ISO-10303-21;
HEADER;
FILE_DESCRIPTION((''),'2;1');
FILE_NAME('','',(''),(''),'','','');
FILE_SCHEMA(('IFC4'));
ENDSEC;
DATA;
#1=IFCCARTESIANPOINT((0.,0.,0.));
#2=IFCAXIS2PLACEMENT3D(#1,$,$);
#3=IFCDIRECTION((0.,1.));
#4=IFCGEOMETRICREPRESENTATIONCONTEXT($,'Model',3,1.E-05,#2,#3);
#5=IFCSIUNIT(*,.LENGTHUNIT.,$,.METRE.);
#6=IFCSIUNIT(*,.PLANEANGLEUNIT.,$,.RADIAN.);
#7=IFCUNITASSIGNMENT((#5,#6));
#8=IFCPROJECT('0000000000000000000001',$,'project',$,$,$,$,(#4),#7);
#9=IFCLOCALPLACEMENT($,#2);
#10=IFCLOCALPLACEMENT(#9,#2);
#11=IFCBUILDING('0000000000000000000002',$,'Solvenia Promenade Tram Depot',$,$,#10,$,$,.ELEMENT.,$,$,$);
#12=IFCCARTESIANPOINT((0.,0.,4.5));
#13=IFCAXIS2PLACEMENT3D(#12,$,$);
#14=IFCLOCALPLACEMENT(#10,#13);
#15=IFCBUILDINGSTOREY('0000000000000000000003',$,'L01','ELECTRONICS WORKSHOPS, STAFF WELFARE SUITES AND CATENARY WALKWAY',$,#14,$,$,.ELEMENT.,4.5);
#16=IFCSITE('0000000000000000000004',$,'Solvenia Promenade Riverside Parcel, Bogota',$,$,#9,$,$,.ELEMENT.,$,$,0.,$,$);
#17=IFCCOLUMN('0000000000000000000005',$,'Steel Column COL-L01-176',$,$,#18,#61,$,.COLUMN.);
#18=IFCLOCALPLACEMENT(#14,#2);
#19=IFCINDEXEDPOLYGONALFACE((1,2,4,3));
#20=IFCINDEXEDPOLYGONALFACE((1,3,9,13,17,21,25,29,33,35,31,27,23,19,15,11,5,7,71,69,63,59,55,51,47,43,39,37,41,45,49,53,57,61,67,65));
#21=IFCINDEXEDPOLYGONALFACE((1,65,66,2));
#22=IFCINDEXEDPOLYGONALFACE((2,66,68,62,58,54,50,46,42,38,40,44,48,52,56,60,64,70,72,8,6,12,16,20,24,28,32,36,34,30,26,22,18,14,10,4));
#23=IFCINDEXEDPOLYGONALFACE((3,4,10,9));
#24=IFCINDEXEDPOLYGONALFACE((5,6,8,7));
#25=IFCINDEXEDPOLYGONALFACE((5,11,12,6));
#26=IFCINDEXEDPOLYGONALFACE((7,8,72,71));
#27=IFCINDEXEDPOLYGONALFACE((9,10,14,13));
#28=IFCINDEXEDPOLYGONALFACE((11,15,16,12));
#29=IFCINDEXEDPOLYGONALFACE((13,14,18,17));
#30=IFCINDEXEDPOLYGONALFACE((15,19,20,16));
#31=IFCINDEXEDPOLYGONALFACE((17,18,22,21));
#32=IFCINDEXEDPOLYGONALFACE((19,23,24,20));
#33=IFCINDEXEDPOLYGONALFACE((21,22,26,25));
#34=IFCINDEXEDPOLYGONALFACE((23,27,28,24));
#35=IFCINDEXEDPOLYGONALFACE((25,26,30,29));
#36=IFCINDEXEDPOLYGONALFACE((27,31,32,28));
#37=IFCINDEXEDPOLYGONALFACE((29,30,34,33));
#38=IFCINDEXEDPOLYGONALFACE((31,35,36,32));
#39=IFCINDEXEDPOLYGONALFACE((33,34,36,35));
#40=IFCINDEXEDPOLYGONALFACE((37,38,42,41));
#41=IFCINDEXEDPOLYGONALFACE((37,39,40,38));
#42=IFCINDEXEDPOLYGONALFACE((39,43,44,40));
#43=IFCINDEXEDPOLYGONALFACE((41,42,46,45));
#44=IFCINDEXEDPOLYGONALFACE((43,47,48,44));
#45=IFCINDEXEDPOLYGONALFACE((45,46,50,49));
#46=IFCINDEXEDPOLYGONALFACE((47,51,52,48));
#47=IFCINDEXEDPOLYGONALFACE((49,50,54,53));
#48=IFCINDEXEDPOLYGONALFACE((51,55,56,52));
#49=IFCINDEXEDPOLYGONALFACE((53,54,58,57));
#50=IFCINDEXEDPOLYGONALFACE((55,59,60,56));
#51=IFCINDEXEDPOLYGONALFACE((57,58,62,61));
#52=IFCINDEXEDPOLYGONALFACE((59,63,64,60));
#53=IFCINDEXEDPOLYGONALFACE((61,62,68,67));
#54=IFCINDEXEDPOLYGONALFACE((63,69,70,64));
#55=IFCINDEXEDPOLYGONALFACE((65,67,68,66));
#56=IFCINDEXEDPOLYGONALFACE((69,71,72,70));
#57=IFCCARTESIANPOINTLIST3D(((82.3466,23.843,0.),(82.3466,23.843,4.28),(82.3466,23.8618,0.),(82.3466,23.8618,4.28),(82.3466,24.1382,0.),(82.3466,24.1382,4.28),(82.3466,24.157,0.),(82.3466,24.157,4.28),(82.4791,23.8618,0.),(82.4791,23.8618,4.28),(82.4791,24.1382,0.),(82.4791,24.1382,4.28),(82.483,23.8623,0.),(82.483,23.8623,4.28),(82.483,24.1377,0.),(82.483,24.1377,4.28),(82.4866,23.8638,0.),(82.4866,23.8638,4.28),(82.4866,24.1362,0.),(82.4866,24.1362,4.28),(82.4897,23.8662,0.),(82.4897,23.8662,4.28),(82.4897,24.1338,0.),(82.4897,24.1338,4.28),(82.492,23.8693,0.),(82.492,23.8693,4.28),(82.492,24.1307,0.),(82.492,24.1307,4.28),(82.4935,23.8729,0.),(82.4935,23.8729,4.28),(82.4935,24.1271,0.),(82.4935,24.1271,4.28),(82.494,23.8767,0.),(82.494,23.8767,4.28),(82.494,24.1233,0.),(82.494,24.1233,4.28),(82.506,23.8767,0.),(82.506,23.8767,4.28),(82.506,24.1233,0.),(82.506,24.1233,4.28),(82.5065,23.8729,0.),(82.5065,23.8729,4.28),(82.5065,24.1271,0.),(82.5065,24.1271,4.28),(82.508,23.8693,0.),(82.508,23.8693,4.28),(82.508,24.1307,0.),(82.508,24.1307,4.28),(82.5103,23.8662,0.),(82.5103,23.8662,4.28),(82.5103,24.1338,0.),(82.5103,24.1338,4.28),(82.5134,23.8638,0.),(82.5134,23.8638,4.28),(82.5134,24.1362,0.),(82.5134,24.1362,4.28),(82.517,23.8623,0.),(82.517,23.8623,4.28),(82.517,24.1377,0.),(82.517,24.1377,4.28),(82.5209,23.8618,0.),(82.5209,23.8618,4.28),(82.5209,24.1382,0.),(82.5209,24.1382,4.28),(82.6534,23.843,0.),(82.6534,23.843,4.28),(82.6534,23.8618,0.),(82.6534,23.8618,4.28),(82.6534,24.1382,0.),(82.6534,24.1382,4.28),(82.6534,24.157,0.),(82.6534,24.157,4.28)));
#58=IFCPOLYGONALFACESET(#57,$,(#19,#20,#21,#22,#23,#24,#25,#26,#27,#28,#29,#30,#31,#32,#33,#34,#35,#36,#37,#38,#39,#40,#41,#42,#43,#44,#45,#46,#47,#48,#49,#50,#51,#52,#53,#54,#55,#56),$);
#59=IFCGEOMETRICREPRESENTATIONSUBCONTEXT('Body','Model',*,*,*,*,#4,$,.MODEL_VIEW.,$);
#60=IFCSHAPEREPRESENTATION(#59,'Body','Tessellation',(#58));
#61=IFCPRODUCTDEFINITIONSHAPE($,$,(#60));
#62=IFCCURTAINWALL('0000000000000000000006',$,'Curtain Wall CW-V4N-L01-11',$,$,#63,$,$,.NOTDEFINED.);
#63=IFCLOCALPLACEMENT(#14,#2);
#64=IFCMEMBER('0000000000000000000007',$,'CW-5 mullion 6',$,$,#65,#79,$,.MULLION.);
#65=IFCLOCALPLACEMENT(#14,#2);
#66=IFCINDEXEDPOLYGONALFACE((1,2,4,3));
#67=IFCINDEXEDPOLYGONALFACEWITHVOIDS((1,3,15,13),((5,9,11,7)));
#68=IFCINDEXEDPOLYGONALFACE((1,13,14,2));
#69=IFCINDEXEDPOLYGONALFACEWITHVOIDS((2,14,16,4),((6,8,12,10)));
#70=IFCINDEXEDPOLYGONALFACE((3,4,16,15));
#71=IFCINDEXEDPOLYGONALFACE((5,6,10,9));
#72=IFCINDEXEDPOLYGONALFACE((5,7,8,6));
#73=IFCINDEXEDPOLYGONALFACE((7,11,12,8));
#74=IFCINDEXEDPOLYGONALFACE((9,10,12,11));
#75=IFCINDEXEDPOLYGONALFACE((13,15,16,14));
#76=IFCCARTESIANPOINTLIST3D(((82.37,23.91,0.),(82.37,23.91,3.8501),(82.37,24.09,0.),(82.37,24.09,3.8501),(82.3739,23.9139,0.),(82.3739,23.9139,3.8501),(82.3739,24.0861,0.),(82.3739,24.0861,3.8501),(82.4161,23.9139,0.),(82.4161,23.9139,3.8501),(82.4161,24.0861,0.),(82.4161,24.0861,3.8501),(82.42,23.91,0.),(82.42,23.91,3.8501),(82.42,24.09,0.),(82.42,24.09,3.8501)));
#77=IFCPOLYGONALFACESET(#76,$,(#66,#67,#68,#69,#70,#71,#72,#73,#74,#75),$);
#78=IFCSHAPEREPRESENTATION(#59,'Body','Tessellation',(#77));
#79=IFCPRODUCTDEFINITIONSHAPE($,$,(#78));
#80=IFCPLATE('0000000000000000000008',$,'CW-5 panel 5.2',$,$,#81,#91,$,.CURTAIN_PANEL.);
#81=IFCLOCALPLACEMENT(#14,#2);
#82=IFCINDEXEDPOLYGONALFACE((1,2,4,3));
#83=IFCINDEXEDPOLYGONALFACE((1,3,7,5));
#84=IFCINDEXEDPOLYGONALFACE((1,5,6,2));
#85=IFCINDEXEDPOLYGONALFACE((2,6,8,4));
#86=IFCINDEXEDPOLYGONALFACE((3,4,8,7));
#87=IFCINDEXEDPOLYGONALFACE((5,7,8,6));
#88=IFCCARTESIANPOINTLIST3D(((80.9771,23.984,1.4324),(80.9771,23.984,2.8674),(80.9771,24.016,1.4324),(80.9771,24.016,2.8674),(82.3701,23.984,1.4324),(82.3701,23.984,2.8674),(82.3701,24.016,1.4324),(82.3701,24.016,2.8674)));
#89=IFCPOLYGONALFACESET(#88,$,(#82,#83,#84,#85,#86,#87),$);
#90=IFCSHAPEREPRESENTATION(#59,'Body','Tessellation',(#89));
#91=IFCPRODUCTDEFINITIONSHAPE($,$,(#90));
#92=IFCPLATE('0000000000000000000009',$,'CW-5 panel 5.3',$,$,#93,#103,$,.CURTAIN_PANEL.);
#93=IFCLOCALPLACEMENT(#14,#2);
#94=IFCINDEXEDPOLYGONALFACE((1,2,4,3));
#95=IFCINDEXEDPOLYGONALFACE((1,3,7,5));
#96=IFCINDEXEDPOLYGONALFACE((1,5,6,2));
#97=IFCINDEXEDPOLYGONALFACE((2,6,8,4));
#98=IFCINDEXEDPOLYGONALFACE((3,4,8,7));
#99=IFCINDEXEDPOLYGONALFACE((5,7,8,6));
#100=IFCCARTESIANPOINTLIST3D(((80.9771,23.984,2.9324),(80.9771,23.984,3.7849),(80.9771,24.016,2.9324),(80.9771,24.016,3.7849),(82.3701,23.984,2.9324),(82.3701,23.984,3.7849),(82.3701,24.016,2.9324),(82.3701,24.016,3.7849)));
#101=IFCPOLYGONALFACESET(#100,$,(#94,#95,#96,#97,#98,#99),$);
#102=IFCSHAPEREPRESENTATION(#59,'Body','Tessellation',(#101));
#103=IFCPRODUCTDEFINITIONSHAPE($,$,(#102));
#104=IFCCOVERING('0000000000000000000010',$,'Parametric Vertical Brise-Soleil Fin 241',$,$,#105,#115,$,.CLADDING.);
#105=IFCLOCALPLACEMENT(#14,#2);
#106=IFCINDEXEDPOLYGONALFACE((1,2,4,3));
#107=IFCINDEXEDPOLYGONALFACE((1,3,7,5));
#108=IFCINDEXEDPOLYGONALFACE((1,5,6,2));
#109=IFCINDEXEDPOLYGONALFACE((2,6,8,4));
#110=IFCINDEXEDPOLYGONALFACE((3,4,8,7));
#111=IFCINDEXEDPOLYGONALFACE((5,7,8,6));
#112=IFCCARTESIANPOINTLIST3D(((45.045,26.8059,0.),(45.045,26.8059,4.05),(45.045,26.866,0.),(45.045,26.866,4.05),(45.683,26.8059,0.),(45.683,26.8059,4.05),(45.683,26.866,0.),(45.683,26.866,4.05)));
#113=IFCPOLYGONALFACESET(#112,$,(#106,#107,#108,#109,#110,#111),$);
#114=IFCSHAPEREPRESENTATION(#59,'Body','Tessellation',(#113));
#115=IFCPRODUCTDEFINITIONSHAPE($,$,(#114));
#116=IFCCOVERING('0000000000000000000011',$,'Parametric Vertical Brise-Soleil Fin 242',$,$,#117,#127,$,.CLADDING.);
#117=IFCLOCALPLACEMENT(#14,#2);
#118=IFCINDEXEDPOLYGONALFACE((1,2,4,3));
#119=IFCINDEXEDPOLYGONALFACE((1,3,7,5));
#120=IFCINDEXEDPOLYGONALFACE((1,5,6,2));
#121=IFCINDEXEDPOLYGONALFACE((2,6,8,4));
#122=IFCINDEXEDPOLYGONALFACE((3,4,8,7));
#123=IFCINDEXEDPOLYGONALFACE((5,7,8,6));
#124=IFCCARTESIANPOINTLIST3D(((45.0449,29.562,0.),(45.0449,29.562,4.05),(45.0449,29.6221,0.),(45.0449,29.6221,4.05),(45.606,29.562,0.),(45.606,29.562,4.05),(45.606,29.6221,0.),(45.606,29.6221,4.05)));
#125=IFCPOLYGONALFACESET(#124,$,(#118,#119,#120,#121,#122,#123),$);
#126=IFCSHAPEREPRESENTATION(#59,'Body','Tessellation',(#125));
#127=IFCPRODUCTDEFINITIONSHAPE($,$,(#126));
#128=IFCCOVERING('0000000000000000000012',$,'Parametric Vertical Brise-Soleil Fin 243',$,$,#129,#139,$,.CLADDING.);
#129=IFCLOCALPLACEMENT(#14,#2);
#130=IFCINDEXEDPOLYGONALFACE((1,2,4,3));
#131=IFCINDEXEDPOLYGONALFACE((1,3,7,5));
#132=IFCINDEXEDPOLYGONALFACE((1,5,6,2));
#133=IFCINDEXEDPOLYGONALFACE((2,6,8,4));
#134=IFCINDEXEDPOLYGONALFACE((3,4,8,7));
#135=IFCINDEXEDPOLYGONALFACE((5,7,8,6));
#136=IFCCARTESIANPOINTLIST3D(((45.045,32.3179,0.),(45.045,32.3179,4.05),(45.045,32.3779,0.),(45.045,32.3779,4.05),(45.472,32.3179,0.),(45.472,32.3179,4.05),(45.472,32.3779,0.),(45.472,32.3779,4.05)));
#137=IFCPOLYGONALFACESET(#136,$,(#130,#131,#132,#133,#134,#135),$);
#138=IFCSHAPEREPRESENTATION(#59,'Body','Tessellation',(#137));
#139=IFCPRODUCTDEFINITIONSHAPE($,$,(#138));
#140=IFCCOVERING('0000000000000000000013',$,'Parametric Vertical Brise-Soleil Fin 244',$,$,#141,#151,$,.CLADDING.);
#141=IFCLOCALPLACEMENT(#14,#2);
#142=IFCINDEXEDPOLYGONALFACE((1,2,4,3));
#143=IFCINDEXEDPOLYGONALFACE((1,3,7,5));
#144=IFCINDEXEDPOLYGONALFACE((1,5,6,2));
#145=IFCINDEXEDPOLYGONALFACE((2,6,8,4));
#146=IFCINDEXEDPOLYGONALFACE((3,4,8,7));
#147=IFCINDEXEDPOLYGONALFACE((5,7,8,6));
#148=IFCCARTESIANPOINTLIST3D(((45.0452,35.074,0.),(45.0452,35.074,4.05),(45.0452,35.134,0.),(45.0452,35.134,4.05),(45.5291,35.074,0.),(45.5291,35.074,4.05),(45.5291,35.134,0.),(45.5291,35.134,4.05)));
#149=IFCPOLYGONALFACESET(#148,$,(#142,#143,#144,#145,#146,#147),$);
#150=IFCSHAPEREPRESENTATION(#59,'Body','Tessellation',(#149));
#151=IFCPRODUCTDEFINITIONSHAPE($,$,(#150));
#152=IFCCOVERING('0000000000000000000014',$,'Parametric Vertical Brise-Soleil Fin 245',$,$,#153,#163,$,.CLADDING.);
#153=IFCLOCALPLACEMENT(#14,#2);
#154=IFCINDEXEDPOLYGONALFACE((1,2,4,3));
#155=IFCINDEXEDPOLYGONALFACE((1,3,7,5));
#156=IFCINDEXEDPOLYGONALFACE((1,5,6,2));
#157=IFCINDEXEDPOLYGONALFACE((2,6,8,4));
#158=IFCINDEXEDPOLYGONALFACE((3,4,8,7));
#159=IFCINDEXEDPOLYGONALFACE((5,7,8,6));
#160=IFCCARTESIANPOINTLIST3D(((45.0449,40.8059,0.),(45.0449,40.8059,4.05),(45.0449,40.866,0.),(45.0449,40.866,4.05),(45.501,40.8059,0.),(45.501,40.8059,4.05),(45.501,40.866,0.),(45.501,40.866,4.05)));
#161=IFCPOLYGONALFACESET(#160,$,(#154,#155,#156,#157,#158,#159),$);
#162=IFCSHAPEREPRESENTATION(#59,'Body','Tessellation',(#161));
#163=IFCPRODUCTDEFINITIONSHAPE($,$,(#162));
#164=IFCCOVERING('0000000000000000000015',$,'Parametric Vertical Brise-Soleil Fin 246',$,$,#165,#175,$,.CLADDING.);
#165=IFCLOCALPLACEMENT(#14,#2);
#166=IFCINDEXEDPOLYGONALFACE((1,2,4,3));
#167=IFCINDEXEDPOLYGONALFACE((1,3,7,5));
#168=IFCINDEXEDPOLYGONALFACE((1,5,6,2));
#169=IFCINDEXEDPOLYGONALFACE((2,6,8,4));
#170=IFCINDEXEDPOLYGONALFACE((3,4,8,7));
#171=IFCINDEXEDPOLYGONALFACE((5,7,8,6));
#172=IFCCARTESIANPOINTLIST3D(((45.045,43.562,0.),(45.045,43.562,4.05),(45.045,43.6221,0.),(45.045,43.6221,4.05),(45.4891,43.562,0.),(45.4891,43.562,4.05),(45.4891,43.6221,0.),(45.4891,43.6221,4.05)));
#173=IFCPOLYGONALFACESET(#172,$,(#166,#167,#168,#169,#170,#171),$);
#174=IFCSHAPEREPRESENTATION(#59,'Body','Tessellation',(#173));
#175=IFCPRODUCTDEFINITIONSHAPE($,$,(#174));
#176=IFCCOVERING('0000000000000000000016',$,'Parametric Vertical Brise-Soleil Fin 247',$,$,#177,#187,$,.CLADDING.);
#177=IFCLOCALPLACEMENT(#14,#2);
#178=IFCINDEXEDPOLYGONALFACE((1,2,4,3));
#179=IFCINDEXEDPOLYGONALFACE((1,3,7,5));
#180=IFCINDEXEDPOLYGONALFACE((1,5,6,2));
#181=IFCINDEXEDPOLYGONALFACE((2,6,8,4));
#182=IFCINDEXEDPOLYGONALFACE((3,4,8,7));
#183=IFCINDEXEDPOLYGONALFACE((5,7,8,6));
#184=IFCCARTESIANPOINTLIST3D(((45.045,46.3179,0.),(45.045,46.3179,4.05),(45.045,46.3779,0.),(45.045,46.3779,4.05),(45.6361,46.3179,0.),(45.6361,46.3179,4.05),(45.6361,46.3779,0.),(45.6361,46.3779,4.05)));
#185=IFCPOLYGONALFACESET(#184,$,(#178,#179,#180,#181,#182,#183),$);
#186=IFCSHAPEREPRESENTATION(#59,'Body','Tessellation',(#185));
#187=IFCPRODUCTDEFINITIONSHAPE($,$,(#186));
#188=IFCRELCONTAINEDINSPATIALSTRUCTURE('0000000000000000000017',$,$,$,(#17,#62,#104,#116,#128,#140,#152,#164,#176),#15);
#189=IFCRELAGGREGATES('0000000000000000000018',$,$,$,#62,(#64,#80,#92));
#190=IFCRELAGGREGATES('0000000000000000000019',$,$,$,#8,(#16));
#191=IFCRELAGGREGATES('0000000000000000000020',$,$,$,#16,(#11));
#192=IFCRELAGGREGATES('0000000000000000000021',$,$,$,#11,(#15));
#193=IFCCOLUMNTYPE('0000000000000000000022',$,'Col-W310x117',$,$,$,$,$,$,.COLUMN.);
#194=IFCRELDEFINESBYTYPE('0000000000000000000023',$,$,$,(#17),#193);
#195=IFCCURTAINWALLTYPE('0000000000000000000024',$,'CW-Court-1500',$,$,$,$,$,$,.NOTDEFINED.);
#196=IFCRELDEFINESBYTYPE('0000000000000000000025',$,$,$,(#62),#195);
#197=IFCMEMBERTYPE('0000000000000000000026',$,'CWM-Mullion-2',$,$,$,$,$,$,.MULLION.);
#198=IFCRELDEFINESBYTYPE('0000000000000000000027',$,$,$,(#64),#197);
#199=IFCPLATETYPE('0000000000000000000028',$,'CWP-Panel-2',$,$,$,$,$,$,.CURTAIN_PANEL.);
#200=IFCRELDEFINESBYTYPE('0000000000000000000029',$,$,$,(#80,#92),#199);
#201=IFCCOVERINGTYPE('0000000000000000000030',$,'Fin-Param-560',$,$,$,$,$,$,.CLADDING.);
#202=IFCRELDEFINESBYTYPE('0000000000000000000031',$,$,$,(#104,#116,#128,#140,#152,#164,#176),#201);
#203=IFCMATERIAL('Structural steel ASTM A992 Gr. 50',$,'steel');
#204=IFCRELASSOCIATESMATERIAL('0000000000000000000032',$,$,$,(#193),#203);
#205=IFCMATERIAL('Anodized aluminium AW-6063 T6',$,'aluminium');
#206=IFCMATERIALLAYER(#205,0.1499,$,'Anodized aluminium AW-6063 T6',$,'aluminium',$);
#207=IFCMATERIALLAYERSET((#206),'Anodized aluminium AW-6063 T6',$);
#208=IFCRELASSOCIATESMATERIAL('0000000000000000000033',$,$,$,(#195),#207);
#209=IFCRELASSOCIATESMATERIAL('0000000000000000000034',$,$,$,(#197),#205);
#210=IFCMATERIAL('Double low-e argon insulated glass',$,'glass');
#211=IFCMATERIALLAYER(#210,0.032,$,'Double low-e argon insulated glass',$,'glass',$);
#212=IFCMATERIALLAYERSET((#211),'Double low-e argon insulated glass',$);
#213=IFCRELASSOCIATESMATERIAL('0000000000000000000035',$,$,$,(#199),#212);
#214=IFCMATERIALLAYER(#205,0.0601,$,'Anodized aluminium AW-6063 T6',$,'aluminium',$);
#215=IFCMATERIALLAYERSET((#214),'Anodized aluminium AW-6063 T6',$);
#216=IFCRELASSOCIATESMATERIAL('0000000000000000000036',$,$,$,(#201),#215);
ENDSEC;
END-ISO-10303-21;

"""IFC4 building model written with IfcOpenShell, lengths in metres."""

from ifc_helpers import new_model, si_unit, direction, frame, origin, origin_2d, place, context, subcontext, project, spatial, rectangle, hollow_rectangle, i_section, extrude, material, layer, layer_set, material_profile, profile_set, type_object, element, aggregate, save


model = new_model("IFC4")

# Units and contexts
model_context = context("Model", 3, precision=1e-05, world=origin(), true_north=direction((0.0, 1.0)))
body_context = subcontext(model_context, "Body", "Model", "MODEL_VIEW")
ifc_project = project(units=[si_unit("LENGTHUNIT", "METRE"), si_unit("PLANEANGLEUNIT", "RADIAN")], contexts=[model_context])

# Site, building, storey
site_placement = place(None, origin())
site = spatial("IfcSite", under=ifc_project, at=site_placement, Name="Solvenia Promenade Riverside Parcel, Bogota", CompositionType="ELEMENT", RefElevation=0.0)
building_placement = place(site_placement, origin())
building = spatial("IfcBuilding", under=site, at=building_placement, Name="Solvenia Promenade Tram Depot", CompositionType="ELEMENT")
storey_placement = place(building_placement, frame((0.0, 0.0, 4.5)))
storey = spatial("IfcBuildingStorey", under=building, at=storey_placement, Name="L01", Description="ELECTRONICS WORKSHOPS, STAFF WELFARE SUITES AND CATENARY WALKWAY", CompositionType="ELEMENT", Elevation=4.5)

# Column
ifc_material_1 = material(Name="Structural steel ASTM A992 Gr. 50", Category="steel")
ifc_material_profile_1 = material_profile(ifc_material_1, i_section(OverallWidth=0.3069, OverallDepth=0.314, WebThickness=0.012, FlangeThickness=0.0188, FilletRadius=0.0149, at=origin_2d()), Name="W310x117", Category="steel")
ifc_profile_set_1 = profile_set([ifc_material_profile_1], Name="Structural steel ASTM A992 Gr. 50")
column_type = type_object("IfcColumnType", Name="Col-W310x117", PredefinedType="COLUMN", material=ifc_profile_set_1)
column_placement = place(storey_placement, frame((82.5, 24.0, 0.0), z_axis=(0.0, 0.0, 1.0), x_axis=(1.0, 0.0, 0.0)))
element("IfcColumn", 1, at=column_placement, inside=storey, type_object=column_type, Name="Steel Column COL-L01-176", PredefinedType="COLUMN", context=body_context, shape_type="SweptSolid", body=[
    extrude(i_section(OverallWidth=0.3069, OverallDepth=0.314, WebThickness=0.012, FlangeThickness=0.0188, FilletRadius=0.0149, at=origin_2d()), origin(), (0.0, 0.0, 1.0), 4.28),
])

# Curtain wall, member, plates
ifc_material_2 = material(Name="Anodized aluminium AW-6063 T6", Category="aluminium")
ifc_layer_1 = layer(ifc_material_2, 0.1499, Name="Anodized aluminium AW-6063 T6", Category="aluminium")
ifc_layer_set_1 = layer_set([ifc_layer_1], Name="Anodized aluminium AW-6063 T6")
curtain_wall_type = type_object("IfcCurtainWallType", Name="CW-Court-1500", PredefinedType="NOTDEFINED", material=ifc_layer_set_1)
curtain_wall_placement = place(storey_placement, origin())
curtain_wall = element("IfcCurtainWall", 2, at=curtain_wall_placement, inside=storey, type_object=curtain_wall_type, Name="Curtain Wall CW-V4N-L01-11", PredefinedType="NOTDEFINED")
ifc_material_profile_2 = material_profile(ifc_material_2, hollow_rectangle(XDim=0.1799, YDim=0.05, WallThickness=0.0039, at=origin_2d()), Name="ALU-M2", Category="aluminium")
ifc_profile_set_2 = profile_set([ifc_material_profile_2], Name="Anodized aluminium AW-6063 T6")
member_type = type_object("IfcMemberType", Name="CWM-Mullion-2", PredefinedType="MULLION", material=ifc_profile_set_2)
member_placement = place(storey_placement, frame((82.395, 24.0, 0.0), z_axis=(0.0, 0.0, 1.0), x_axis=(0.0, 1.0, 0.0)))
member = element("IfcMember", 3, at=member_placement, type_object=member_type, Name="CW-5 mullion 6", PredefinedType="MULLION", context=body_context, shape_type="SweptSolid", body=[
    extrude(hollow_rectangle(XDim=0.1799, YDim=0.05, WallThickness=0.0039, at=origin_2d()), origin(), (0.0, 0.0, 1.0), 3.8501),
])
ifc_material_3 = material(Name="Double low-e argon insulated glass", Category="glass")
ifc_layer_2 = layer(ifc_material_3, 0.032, Name="Double low-e argon insulated glass", Category="glass")
ifc_layer_set_2 = layer_set([ifc_layer_2], Name="Double low-e argon insulated glass")
plate_type = type_object("IfcPlateType", Name="CWP-Panel-2", PredefinedType="CURTAIN_PANEL", material=ifc_layer_set_2)
plate_1_placement = place(storey_placement, frame((81.6736, 24.0, 1.4324), z_axis=(0.0, 0.0, 1.0), x_axis=(1.0, 0.0, 0.0)))
plate_1 = element("IfcPlate", 4, at=plate_1_placement, type_object=plate_type, Name="CW-5 panel 5.2", PredefinedType="CURTAIN_PANEL", context=body_context, shape_type="SweptSolid", body=[
    extrude(rectangle(XDim=1.3931, YDim=0.032, at=origin_2d()), origin(), (0.0, 0.0, 1.0), 1.4351),
])
plate_2_placement = place(storey_placement, frame((81.6736, 24.0, 2.9324), z_axis=(0.0, 0.0, 1.0), x_axis=(1.0, 0.0, 0.0)))
plate_2 = element("IfcPlate", 5, at=plate_2_placement, type_object=plate_type, Name="CW-5 panel 5.3", PredefinedType="CURTAIN_PANEL", context=body_context, shape_type="SweptSolid", body=[
    extrude(rectangle(XDim=1.3931, YDim=0.032, at=origin_2d()), origin(), (0.0, 0.0, 1.0), 0.8525),
])
aggregate(curtain_wall, [member, plate_1, plate_2])

# Coverings
ifc_layer_3 = layer(ifc_material_2, 0.0601, Name="Anodized aluminium AW-6063 T6", Category="aluminium")
ifc_layer_set_3 = layer_set([ifc_layer_3], Name="Anodized aluminium AW-6063 T6")
covering_type = type_object("IfcCoveringType", Name="Fin-Param-560", PredefinedType="CLADDING", material=ifc_layer_set_3)
covering_1_placement = place(storey_placement, frame((45.364, 26.8359, 0.0), z_axis=(0.0, 0.0, 1.0), x_axis=(0.0, 1.0, 0.0)))
element("IfcCovering", 6, at=covering_1_placement, inside=storey, type_object=covering_type, Name="Parametric Vertical Brise-Soleil Fin 241", PredefinedType="CLADDING", context=body_context, shape_type="SweptSolid", body=[
    extrude(rectangle(XDim=0.0601, YDim=0.6379, at=origin_2d()), origin(), (0.0, 0.0, 1.0), 4.05),
])
covering_2_placement = place(storey_placement, frame((45.3254, 29.592, 0.0), z_axis=(0.0, 0.0, 1.0), x_axis=(0.0, 1.0, 0.0)))
element("IfcCovering", 7, at=covering_2_placement, inside=storey, type_object=covering_type, Name="Parametric Vertical Brise-Soleil Fin 242", PredefinedType="CLADDING", context=body_context, shape_type="SweptSolid", body=[
    extrude(rectangle(XDim=0.0601, YDim=0.561, at=origin_2d()), origin(), (0.0, 0.0, 1.0), 4.05),
])
covering_3_placement = place(storey_placement, frame((45.2585, 32.3479, 0.0), z_axis=(0.0, 0.0, 1.0), x_axis=(0.0, 1.0, 0.0)))
element("IfcCovering", 8, at=covering_3_placement, inside=storey, type_object=covering_type, Name="Parametric Vertical Brise-Soleil Fin 243", PredefinedType="CLADDING", context=body_context, shape_type="SweptSolid", body=[
    extrude(rectangle(XDim=0.0601, YDim=0.427, at=origin_2d()), origin(), (0.0, 0.0, 1.0), 4.05),
])
covering_4_placement = place(storey_placement, frame((45.2871, 35.104, 0.0), z_axis=(0.0, 0.0, 1.0), x_axis=(0.0, 1.0, 0.0)))
element("IfcCovering", 9, at=covering_4_placement, inside=storey, type_object=covering_type, Name="Parametric Vertical Brise-Soleil Fin 244", PredefinedType="CLADDING", context=body_context, shape_type="SweptSolid", body=[
    extrude(rectangle(XDim=0.0601, YDim=0.4839, at=origin_2d()), origin(), (0.0, 0.0, 1.0), 4.05),
])
covering_5_placement = place(storey_placement, frame((45.2729, 40.8359, 0.0), z_axis=(0.0, 0.0, 1.0), x_axis=(0.0, 1.0, 0.0)))
element("IfcCovering", 10, at=covering_5_placement, inside=storey, type_object=covering_type, Name="Parametric Vertical Brise-Soleil Fin 245", PredefinedType="CLADDING", context=body_context, shape_type="SweptSolid", body=[
    extrude(rectangle(XDim=0.0601, YDim=0.4561, at=origin_2d()), origin(), (0.0, 0.0, 1.0), 4.05),
])
covering_6_placement = place(storey_placement, frame((45.2671, 43.592, 0.0), z_axis=(0.0, 0.0, 1.0), x_axis=(0.0, 1.0, 0.0)))
element("IfcCovering", 11, at=covering_6_placement, inside=storey, type_object=covering_type, Name="Parametric Vertical Brise-Soleil Fin 246", PredefinedType="CLADDING", context=body_context, shape_type="SweptSolid", body=[
    extrude(rectangle(XDim=0.0601, YDim=0.4441, at=origin_2d()), origin(), (0.0, 0.0, 1.0), 4.05),
])
covering_7_placement = place(storey_placement, frame((45.3406, 46.3479, 0.0), z_axis=(0.0, 0.0, 1.0), x_axis=(0.0, 1.0, 0.0)))
element("IfcCovering", 12, at=covering_7_placement, inside=storey, type_object=covering_type, Name="Parametric Vertical Brise-Soleil Fin 247", PredefinedType="CLADDING", context=body_context, shape_type="SweptSolid", body=[
    extrude(rectangle(XDim=0.0601, YDim=0.5911, at=origin_2d()), origin(), (0.0, 0.0, 1.0), 4.05),
])

save(model, "model.ifc")
